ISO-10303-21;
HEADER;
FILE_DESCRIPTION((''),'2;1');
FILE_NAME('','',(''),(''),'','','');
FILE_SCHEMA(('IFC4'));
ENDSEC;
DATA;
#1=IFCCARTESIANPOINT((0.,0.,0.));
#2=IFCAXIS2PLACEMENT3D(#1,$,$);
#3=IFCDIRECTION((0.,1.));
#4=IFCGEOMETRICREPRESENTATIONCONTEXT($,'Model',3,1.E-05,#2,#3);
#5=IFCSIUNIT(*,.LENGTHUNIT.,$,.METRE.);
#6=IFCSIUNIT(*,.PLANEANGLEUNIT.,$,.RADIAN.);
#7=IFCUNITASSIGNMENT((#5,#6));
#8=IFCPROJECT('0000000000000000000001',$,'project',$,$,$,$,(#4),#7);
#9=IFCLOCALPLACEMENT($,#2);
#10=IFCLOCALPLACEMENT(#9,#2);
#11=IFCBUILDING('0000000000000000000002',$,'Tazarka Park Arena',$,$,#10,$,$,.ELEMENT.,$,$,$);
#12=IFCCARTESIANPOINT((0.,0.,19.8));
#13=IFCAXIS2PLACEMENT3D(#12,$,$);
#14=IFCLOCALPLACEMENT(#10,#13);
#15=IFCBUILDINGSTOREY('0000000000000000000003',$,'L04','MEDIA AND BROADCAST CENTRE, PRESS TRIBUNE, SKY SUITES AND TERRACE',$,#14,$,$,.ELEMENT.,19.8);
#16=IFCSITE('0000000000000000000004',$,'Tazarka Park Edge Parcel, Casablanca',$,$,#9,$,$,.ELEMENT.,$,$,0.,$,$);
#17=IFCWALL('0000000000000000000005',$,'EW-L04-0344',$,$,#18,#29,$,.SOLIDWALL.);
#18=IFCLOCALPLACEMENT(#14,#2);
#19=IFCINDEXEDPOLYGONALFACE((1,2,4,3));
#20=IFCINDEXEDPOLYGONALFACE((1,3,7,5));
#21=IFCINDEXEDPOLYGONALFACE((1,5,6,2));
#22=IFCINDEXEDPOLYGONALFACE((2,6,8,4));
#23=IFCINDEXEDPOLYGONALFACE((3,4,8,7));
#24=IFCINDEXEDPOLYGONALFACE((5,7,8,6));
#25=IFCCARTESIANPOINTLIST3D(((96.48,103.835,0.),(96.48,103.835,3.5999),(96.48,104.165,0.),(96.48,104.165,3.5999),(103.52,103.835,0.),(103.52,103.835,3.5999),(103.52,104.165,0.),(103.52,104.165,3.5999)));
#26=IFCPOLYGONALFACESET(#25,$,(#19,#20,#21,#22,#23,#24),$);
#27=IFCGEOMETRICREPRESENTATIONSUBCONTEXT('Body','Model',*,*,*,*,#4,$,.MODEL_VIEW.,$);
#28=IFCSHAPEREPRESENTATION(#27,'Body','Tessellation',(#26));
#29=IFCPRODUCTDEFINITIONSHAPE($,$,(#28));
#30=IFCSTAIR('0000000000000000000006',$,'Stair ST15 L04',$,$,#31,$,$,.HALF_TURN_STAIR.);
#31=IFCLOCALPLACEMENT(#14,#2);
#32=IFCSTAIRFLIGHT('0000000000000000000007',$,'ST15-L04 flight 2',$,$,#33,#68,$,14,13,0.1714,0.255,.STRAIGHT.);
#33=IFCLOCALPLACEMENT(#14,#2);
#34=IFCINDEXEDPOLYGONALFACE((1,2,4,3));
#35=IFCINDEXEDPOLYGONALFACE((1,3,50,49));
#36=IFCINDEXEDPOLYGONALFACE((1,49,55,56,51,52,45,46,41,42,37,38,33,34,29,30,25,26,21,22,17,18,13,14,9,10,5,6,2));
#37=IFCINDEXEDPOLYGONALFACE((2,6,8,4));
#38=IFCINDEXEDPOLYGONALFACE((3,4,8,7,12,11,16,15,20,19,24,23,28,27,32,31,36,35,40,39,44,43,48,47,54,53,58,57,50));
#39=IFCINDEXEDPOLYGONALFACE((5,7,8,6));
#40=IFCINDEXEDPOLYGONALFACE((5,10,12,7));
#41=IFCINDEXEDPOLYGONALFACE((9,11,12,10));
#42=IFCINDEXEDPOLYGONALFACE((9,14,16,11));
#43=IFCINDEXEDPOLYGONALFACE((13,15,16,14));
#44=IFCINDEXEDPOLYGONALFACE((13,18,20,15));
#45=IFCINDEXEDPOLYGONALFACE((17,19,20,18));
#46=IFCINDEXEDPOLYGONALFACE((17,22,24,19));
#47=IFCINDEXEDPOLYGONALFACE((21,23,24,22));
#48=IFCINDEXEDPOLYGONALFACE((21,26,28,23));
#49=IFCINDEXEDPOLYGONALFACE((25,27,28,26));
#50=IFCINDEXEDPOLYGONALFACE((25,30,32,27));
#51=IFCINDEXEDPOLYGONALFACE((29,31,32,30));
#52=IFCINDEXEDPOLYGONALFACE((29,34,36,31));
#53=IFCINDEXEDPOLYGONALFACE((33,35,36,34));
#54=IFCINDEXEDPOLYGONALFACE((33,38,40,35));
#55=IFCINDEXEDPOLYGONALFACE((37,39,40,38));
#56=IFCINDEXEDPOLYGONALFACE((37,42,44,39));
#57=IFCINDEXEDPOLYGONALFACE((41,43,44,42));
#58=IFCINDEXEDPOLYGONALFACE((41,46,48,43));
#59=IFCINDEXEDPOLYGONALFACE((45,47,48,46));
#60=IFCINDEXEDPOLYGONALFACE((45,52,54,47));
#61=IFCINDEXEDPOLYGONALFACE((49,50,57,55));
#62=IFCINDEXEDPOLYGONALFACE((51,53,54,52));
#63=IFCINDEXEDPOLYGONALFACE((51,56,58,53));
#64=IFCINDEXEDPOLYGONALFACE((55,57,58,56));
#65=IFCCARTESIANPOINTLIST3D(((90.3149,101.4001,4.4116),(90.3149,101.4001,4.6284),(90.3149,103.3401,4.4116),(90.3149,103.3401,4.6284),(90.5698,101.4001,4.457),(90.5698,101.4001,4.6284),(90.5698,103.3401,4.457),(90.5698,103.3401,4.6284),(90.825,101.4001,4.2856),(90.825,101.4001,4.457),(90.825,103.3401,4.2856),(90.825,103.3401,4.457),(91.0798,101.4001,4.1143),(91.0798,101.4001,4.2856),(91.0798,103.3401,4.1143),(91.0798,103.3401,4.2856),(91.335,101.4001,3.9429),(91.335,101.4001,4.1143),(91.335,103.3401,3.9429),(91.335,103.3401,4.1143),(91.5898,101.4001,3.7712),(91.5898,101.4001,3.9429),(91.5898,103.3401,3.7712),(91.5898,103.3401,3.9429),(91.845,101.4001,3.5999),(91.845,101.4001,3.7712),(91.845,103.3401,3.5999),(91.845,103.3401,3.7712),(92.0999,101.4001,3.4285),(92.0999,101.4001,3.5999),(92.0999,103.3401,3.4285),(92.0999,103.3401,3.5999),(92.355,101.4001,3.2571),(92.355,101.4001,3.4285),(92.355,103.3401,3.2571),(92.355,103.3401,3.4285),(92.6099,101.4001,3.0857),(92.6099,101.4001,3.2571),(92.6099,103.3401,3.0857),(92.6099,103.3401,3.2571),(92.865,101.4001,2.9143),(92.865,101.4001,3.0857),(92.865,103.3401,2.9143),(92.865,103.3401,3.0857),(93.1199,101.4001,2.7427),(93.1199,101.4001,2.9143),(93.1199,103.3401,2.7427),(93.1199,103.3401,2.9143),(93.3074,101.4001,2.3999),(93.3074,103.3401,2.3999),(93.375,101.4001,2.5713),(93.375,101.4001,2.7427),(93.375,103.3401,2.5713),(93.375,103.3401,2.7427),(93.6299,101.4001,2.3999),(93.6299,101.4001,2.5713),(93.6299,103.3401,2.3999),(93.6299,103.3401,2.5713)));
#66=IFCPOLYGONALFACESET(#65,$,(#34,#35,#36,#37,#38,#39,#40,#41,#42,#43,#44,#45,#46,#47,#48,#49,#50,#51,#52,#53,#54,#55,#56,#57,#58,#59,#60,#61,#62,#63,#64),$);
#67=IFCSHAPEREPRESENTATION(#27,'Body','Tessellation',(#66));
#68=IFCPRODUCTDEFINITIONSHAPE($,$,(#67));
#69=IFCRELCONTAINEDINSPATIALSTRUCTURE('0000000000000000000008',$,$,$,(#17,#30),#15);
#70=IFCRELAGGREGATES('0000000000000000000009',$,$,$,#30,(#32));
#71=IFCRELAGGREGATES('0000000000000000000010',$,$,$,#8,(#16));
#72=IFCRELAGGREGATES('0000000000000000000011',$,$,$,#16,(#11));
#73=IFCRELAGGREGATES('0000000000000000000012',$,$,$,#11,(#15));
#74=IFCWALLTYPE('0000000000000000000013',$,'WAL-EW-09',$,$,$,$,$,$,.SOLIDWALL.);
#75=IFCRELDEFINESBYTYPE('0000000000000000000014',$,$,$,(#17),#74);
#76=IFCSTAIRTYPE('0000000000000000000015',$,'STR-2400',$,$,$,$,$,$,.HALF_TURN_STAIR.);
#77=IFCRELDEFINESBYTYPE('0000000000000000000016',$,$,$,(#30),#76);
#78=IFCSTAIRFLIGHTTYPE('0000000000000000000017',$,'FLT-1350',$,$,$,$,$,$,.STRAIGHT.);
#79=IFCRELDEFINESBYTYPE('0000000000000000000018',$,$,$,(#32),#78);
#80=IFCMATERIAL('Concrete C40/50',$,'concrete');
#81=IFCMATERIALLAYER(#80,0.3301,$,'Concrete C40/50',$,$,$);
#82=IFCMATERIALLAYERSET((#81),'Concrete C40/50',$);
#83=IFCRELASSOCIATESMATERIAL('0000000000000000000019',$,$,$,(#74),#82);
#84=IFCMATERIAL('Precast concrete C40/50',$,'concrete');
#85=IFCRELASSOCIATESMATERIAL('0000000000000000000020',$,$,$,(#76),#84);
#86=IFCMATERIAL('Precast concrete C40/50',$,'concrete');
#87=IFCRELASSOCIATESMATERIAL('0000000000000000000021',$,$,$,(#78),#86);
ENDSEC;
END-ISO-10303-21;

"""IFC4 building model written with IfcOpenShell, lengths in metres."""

from ifc_helpers import new_model, si_unit, direction, frame, frame_2d, origin, place, context, subcontext, project, spatial, polyline, rectangle, outline, extrude, material, layer, layer_set, type_object, element, aggregate, save


model = new_model("IFC4")

# Units and contexts
model_context = context("Model", 3, precision=1e-05, world=origin(), true_north=direction((0.0, 1.0)))
body_context = subcontext(model_context, "Body", "Model", "MODEL_VIEW")
ifc_project = project(units=[si_unit("LENGTHUNIT", "METRE"), si_unit("PLANEANGLEUNIT", "RADIAN")], contexts=[model_context])

# Site, building, storey
site_placement = place(None, origin())
site = spatial("IfcSite", under=ifc_project, at=site_placement, Name="Tazarka Park Edge Parcel, Casablanca", CompositionType="ELEMENT", RefElevation=0.0)
building_placement = place(site_placement, origin())
building = spatial("IfcBuilding", under=site, at=building_placement, Name="Tazarka Park Arena", CompositionType="ELEMENT")
storey_placement = place(building_placement, frame((0.0, 0.0, 19.8)))
storey = spatial("IfcBuildingStorey", under=building, at=storey_placement, Name="L04", Description="MEDIA AND BROADCAST CENTRE, PRESS TRIBUNE, SKY SUITES AND TERRACE", CompositionType="ELEMENT", Elevation=19.8)

# Wall
ifc_material_1 = material(Name="Concrete C40/50", Category="concrete")
ifc_layer_1 = layer(ifc_material_1, 0.3301, Name="Concrete C40/50")
ifc_layer_set_1 = layer_set([ifc_layer_1], Name="Concrete C40/50")
wall_type_1 = type_object("IfcWallType", Name="WAL-EW-09", PredefinedType="SOLIDWALL", material=ifc_layer_set_1)
wall_1_placement = place(storey_placement, frame((96.48, 104.0, 0.0), z_axis=(0.0, 0.0, 1.0), x_axis=(1.0, 0.0, 0.0)))
element("IfcWall", 1, at=wall_1_placement, inside=storey, type_object=wall_type_1, Name="EW-L04-0344", PredefinedType="SOLIDWALL", context=body_context, shape_type="SweptSolid", body=[
    extrude(rectangle(XDim=7.04, YDim=0.3301, at=frame_2d((3.52, 0.0))), origin(), (0.0, 0.0, 1.0), 3.5999),
])

# Stair, stair flight
ifc_material_2 = material(Name="Precast concrete C40/50", Category="concrete")
stair_type = type_object("IfcStairType", Name="STR-2400", PredefinedType="HALF_TURN_STAIR", material=ifc_material_2)
stair_placement = place(storey_placement, origin())
stair = element("IfcStair", 2, at=stair_placement, inside=storey, type_object=stair_type, Name="Stair ST15 L04", PredefinedType="HALF_TURN_STAIR")
ifc_material_3 = material(Name="Precast concrete C40/50", Category="concrete")
stair_flight_type = type_object("IfcStairFlightType", Name="FLT-1350", PredefinedType="STRAIGHT", material=ifc_material_3)
stair_flight_placement = place(storey_placement, frame((93.6299, 102.3701, 2.3999), z_axis=(0.0, 0.0, 1.0), x_axis=(-1.0, 0.0, 0.0)))
stair_flight = element("IfcStairFlight", 3, at=stair_flight_placement, type_object=stair_flight_type, Name="ST15-L04 flight 2", NumberOfRisers=14, NumberOfTreads=13, PredefinedType="STRAIGHT", RiserHeight=0.1714, TreadLength=0.255, context=body_context, shape_type="SweptSolid", body=[
    extrude(outline(polyline([(0.0, 0.0), (0.0, 0.1714), (0.2549, 0.1714), (0.2549, 0.3428), (0.51, 0.3428), (0.51, 0.5144), (0.7649, 0.5144), (0.7649, 0.6858), (1.02, 0.6858), (1.02, 0.8572), (1.2749, 0.8572), (1.2749, 1.0286), (1.53, 1.0286), (1.53, 1.2), (1.7849, 1.2), (1.7849, 1.3713), (2.04, 1.3713), (2.04, 1.543), (2.2949, 1.543), (2.2949, 1.7144), (2.55, 1.7144), (2.55, 1.8857), (2.8049, 1.8857), (2.8049, 2.0571), (3.0601, 2.0571), (3.0601, 2.2285), (3.3149, 2.2285), (3.3149, 2.3999), (3.3149, 2.0117), (0.3225, 0.0), (0.0, 0.0)])), frame((0.0, 0.97, 0.0), z_axis=(0.0, -1.0, 0.0), x_axis=(1.0, 0.0, 0.0)), (0.0, 0.0, 1.0), 1.9399),
])
aggregate(stair, [stair_flight])

save(model, "model.ifc")
